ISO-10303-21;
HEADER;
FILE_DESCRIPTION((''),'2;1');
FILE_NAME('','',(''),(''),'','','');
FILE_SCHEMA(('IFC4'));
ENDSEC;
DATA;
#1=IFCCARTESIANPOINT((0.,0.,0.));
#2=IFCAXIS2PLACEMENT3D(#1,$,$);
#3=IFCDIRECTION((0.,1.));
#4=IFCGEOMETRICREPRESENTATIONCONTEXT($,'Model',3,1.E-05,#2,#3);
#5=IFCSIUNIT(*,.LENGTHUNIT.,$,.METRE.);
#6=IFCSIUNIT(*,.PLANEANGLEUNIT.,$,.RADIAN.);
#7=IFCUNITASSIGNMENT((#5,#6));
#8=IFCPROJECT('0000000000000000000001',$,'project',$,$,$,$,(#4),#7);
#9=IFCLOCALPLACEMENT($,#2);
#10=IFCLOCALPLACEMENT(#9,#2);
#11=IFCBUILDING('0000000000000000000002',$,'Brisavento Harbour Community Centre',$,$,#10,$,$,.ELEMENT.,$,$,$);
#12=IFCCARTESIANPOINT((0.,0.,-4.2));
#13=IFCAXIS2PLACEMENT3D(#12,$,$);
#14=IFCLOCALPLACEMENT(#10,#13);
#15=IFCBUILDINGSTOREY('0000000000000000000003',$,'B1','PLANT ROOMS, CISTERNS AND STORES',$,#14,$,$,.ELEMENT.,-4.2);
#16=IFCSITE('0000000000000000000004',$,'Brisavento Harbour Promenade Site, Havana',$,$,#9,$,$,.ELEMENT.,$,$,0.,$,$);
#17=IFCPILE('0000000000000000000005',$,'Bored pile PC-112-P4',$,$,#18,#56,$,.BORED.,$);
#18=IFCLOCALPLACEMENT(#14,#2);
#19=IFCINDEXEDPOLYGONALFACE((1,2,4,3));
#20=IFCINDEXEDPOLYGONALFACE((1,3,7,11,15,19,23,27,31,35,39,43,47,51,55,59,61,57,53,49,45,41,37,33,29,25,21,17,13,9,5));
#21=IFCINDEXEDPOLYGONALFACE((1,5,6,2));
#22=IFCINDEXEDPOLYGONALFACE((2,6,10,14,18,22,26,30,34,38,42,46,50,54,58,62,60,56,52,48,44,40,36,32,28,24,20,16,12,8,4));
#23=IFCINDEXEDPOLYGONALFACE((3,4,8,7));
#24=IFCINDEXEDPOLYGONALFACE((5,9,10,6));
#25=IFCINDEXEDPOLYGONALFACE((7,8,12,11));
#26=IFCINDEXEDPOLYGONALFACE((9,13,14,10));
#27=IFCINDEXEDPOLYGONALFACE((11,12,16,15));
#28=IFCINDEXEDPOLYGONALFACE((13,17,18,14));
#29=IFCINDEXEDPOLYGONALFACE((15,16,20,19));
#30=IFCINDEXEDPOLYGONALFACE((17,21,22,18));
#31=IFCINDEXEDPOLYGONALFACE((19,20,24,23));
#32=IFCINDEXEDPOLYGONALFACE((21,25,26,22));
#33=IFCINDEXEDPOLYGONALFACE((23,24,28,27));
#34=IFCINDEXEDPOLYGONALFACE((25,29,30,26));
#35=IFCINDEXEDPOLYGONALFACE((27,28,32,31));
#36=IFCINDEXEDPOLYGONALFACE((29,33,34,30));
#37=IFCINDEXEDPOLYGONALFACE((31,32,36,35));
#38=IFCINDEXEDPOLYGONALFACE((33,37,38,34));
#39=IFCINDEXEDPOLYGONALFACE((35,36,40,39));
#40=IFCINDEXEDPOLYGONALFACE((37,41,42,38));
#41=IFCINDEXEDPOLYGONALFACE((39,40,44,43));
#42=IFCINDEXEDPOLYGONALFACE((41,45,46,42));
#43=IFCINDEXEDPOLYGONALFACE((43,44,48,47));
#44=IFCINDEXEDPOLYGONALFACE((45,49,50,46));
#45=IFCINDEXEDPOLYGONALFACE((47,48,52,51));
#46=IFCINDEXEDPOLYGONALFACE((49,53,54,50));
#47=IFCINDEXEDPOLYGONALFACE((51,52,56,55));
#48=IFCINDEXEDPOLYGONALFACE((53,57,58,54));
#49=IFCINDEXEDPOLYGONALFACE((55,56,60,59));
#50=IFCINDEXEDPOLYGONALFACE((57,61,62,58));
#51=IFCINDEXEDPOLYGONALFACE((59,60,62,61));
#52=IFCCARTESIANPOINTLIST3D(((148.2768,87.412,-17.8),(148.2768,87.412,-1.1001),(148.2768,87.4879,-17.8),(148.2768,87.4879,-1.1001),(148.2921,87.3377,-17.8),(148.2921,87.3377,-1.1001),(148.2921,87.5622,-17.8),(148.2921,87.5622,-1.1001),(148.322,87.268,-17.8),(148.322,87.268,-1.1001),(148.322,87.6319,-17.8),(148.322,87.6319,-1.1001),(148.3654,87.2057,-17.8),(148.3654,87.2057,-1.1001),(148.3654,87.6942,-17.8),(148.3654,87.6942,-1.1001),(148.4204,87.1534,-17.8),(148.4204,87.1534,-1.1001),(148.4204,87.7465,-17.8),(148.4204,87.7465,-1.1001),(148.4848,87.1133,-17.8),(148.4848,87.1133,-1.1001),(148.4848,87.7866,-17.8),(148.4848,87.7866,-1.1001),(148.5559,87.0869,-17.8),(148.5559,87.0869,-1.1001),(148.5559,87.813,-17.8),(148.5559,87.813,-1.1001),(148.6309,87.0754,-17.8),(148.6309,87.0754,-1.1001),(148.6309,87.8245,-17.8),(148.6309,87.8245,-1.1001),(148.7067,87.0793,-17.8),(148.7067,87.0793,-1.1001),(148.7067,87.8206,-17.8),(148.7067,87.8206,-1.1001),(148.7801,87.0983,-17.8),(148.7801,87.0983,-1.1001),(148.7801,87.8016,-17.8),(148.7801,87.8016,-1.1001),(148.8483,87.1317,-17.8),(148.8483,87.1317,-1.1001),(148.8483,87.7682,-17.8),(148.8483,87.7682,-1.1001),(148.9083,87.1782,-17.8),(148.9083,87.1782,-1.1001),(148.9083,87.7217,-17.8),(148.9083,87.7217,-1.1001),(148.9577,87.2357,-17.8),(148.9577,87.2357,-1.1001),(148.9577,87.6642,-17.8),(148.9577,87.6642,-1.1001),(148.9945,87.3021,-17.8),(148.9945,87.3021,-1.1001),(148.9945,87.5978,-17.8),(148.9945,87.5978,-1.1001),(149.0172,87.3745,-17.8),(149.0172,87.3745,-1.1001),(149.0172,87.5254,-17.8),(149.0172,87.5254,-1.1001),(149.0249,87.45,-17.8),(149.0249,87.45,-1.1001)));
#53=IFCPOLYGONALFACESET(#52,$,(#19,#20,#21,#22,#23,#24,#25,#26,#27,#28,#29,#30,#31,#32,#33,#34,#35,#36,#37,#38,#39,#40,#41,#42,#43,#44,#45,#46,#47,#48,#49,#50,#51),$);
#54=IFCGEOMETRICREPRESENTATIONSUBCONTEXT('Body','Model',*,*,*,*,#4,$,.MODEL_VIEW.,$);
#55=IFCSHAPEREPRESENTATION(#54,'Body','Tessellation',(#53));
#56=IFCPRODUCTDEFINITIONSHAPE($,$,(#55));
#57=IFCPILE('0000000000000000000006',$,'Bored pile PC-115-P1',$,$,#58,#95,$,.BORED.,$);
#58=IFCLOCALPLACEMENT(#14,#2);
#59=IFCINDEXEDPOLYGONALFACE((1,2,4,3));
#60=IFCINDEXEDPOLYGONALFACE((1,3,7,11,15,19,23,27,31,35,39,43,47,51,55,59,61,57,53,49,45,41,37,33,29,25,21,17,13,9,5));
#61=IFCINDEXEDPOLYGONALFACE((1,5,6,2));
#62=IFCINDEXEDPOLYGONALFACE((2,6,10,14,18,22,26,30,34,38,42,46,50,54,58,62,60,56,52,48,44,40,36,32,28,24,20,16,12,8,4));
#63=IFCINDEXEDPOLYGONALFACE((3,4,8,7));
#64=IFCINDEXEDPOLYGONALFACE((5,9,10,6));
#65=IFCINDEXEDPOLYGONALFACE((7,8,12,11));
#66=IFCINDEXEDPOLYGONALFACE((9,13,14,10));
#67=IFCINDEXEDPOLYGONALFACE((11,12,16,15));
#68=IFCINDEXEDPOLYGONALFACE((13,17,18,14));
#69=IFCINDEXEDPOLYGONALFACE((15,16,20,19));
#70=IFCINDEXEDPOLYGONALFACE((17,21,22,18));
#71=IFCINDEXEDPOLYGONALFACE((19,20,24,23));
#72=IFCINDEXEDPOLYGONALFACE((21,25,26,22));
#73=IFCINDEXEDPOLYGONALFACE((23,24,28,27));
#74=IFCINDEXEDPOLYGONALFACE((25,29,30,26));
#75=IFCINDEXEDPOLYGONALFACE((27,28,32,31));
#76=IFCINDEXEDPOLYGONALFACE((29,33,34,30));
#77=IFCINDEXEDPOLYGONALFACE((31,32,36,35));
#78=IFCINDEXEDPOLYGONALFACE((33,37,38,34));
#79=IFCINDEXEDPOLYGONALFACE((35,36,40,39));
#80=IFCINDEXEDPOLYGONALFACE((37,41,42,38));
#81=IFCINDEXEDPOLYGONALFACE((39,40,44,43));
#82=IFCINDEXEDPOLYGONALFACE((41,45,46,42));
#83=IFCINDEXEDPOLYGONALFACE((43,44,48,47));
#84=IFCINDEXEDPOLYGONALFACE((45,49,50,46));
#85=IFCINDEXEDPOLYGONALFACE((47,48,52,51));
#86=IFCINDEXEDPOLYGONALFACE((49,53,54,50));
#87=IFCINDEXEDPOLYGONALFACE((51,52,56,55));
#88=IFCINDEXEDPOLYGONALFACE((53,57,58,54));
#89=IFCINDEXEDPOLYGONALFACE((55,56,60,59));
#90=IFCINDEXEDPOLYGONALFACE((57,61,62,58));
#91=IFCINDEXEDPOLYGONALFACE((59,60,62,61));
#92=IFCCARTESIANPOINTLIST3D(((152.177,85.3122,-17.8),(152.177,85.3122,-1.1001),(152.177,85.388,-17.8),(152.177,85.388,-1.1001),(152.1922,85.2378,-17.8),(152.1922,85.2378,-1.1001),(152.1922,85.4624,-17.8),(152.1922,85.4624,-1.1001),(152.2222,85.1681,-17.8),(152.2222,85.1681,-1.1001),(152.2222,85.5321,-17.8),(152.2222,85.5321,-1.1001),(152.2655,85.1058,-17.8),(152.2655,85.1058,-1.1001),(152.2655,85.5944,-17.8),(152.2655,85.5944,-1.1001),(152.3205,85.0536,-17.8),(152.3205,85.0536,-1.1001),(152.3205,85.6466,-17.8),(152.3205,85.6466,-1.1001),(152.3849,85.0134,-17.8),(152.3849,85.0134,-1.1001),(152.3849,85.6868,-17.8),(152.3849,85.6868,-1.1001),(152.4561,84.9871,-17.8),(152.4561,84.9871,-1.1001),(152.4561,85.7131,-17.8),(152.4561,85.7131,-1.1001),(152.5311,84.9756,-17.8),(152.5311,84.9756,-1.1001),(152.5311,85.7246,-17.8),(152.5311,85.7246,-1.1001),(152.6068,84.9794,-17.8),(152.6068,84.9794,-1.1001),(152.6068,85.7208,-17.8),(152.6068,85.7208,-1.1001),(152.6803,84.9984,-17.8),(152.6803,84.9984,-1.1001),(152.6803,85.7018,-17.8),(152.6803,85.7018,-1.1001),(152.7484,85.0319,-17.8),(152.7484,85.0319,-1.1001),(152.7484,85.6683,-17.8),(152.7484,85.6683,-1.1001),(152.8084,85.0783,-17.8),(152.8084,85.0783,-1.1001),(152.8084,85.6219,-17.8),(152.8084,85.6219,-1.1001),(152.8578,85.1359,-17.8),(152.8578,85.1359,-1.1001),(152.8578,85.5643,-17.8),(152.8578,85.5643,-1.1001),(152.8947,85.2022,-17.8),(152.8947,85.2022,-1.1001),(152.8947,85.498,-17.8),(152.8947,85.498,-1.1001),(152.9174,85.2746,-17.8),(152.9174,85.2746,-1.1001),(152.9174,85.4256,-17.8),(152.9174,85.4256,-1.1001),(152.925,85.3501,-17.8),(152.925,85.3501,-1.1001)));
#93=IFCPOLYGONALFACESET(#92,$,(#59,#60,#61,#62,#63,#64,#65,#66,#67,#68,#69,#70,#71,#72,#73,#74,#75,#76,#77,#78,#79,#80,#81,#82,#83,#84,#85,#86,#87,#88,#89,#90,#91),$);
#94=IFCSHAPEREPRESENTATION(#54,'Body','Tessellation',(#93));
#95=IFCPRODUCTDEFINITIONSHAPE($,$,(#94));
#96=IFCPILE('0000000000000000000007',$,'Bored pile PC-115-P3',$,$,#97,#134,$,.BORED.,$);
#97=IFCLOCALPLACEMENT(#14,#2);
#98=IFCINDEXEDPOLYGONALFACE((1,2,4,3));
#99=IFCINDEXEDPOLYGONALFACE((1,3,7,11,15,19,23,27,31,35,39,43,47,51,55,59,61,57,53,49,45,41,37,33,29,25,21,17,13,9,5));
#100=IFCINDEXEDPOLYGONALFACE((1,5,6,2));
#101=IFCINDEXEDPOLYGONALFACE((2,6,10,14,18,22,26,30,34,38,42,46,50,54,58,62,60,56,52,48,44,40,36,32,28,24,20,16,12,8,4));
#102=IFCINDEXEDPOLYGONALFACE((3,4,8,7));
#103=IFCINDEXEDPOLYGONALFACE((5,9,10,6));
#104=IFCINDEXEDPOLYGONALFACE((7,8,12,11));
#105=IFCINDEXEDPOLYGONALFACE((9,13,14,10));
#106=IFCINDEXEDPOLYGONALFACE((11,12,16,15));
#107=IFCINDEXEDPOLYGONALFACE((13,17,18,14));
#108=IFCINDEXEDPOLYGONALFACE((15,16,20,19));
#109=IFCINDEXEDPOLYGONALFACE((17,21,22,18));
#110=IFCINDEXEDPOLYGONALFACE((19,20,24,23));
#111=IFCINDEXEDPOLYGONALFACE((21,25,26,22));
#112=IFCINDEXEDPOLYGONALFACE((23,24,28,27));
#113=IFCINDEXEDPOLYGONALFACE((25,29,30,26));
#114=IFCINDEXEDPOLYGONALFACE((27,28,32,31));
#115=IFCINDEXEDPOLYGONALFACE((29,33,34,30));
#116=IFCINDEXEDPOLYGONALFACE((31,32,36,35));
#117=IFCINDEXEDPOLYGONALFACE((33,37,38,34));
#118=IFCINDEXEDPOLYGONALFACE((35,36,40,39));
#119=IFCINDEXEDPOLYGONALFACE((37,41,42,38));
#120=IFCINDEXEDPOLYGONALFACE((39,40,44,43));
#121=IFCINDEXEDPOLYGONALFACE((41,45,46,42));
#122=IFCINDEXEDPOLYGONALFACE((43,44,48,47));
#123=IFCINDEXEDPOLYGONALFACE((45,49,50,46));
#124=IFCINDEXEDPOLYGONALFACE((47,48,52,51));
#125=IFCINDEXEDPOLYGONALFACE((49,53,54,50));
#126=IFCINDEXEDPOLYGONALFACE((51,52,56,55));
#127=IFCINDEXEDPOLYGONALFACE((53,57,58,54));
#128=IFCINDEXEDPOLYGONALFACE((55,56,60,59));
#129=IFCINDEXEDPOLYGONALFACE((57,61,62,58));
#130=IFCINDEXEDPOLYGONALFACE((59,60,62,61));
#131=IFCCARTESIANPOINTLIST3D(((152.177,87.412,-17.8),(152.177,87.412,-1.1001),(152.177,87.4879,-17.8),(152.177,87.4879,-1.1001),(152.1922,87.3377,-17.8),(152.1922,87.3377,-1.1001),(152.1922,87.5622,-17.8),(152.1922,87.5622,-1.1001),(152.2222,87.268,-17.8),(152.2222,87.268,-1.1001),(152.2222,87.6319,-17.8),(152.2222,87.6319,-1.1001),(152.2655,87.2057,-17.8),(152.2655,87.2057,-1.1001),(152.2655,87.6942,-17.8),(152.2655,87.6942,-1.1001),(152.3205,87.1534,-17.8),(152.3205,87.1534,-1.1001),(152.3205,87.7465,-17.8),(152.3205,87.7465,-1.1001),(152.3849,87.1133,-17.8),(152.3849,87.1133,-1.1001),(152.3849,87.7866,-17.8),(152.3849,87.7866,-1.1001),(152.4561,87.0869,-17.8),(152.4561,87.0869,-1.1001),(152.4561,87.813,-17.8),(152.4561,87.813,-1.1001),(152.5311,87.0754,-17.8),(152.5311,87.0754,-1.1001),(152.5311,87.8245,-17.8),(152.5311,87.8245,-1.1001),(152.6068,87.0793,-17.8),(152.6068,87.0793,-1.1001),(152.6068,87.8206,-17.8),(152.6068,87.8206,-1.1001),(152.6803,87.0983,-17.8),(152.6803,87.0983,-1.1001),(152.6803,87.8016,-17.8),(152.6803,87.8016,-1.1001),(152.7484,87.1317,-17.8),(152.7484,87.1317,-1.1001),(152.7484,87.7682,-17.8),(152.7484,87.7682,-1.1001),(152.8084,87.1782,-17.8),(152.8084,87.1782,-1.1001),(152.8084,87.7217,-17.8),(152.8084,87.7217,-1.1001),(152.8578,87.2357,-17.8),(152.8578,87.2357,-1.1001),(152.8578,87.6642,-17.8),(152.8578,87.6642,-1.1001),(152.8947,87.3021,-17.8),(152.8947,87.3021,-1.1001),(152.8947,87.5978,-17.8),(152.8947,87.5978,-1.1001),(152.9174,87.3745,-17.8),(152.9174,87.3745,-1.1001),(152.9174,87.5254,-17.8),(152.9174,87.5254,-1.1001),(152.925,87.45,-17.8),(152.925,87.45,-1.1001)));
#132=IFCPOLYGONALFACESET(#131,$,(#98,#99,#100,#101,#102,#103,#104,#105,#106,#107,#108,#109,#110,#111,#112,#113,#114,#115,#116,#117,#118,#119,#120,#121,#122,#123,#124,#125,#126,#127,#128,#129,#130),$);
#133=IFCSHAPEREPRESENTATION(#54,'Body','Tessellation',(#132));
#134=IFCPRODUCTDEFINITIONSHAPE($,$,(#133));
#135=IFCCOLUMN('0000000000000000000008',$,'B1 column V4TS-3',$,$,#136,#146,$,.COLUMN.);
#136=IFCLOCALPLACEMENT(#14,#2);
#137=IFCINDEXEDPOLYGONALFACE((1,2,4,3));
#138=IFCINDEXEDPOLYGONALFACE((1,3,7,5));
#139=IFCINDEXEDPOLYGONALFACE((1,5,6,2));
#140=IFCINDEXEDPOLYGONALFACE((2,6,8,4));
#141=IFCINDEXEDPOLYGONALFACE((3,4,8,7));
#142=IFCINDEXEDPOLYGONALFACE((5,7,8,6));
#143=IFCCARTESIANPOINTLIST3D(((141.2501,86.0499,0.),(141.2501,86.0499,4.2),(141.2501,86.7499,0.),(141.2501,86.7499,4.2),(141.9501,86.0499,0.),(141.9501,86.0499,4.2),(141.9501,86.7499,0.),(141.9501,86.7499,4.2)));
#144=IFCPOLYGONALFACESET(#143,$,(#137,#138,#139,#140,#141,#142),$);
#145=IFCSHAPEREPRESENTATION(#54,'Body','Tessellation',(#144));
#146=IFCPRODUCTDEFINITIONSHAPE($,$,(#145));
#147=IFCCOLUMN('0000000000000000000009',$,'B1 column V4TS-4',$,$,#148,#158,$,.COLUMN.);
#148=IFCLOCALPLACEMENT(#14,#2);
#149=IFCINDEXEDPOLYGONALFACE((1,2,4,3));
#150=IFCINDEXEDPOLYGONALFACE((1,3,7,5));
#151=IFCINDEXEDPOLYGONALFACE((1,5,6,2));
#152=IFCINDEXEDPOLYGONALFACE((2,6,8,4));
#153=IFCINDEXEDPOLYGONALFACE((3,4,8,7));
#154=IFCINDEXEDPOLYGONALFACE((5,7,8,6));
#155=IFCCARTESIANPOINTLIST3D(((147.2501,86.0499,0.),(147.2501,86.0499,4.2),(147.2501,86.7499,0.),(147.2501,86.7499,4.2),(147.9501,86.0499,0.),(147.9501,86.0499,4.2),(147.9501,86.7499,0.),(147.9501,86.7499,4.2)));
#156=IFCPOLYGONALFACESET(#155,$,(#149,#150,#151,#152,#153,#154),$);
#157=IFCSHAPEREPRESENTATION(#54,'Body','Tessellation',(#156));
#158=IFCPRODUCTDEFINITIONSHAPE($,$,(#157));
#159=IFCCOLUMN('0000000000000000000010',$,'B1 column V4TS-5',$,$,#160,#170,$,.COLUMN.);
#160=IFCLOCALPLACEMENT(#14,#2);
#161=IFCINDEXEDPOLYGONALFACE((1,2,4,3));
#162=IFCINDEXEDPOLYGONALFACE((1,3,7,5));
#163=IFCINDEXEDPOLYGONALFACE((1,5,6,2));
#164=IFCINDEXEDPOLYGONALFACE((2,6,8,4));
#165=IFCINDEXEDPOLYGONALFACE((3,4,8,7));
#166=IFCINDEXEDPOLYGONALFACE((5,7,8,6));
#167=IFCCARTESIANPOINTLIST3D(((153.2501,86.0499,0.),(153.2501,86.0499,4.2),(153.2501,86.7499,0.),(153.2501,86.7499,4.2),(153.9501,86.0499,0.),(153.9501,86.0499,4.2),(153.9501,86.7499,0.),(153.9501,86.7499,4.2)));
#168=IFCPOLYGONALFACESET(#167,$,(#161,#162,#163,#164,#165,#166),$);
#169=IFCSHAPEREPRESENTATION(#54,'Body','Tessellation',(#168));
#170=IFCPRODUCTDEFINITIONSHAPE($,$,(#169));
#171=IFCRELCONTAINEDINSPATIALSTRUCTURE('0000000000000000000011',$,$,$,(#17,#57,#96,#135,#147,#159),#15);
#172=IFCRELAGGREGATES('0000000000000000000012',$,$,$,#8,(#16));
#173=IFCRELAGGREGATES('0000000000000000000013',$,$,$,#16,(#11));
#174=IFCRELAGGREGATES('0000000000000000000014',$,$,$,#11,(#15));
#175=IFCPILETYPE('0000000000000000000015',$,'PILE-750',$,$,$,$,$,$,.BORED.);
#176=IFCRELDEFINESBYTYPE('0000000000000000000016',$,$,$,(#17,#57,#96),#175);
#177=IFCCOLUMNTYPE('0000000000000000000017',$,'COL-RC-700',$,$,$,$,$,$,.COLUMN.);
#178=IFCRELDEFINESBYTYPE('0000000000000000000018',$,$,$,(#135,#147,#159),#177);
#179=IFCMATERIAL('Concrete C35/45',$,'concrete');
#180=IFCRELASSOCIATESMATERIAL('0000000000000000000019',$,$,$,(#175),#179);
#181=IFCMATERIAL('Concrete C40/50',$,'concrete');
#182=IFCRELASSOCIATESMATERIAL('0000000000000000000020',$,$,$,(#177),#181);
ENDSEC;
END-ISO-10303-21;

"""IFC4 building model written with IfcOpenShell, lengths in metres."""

from ifc_helpers import new_model, si_unit, direction, frame, origin, origin_2d, place, context, subcontext, project, spatial, rectangle, circle, extrude, material, material_profile, profile_set, type_object, element, save


model = new_model("IFC4")

# Units and contexts
model_context = context("Model", 3, precision=1e-05, world=origin(), true_north=direction((0.0, 1.0)))
body_context = subcontext(model_context, "Body", "Model", "MODEL_VIEW")
ifc_project = project(units=[si_unit("LENGTHUNIT", "METRE"), si_unit("PLANEANGLEUNIT", "RADIAN")], contexts=[model_context])

# Site, building, storey
site_placement = place(None, origin())
site = spatial("IfcSite", under=ifc_project, at=site_placement, Name="Brisavento Harbour Promenade Site, Havana", CompositionType="ELEMENT", RefElevation=0.0)
building_placement = place(site_placement, origin())
building = spatial("IfcBuilding", under=site, at=building_placement, Name="Brisavento Harbour Community Centre", CompositionType="ELEMENT")
storey_placement = place(building_placement, frame((0.0, 0.0, -4.2)))
storey = spatial("IfcBuildingStorey", under=building, at=storey_placement, Name="B1", Description="PLANT ROOMS, CISTERNS AND STORES", CompositionType="ELEMENT", Elevation=-4.2)

# Shared definitions
ifc_material_1 = material(Name="Concrete C35/45", Category="concrete")

# Piles
ifc_material_profile_1 = material_profile(ifc_material_1, circle(Radius=0.375, at=origin_2d()), Name="Concrete C35/45")
ifc_profile_set_1 = profile_set([ifc_material_profile_1], Name="Concrete C35/45")
pile_type = type_object("IfcPileType", Name="PILE-750", PredefinedType="BORED", material=ifc_profile_set_1)
for number, where, z_axis, x_axis, name in (
    (1, (148.6499, 87.45, -1.1001), (0.0, 0.0, -1.0), (1.0, 0.0, 0.0), "Bored pile PC-112-P4"),
    (2, (152.55, 85.3501, -1.1001), (0.0, 0.0, -1.0), (1.0, 0.0, 0.0), "Bored pile PC-115-P1"),
    (3, (152.55, 87.45, -1.1001), (0.0, 0.0, -1.0), (1.0, 0.0, 0.0), "Bored pile PC-115-P3"),
):
    element("IfcPile", number, at=place(storey_placement, frame(where, z_axis=z_axis, x_axis=x_axis)), inside=storey, type_object=pile_type, Name=name, PredefinedType="BORED", context=body_context, shape_type="SweptSolid", body=[
        extrude(circle(Radius=0.375, at=origin_2d()), origin(), (0.0, 0.0, 1.0), 16.7),
    ])

# Columns
ifc_material_2 = material(Name="Concrete C40/50", Category="concrete")
ifc_material_profile_2 = material_profile(ifc_material_2, rectangle(XDim=0.7, YDim=0.7, at=origin_2d()), Name="Concrete C40/50")
ifc_profile_set_2 = profile_set([ifc_material_profile_2], Name="Concrete C40/50")
column_type = type_object("IfcColumnType", Name="COL-RC-700", PredefinedType="COLUMN", material=ifc_profile_set_2)
for number, where, z_axis, x_axis, name in (
    (4, (141.6001, 86.3999, 0.0), (0.0, 0.0, 1.0), (1.0, 0.0, 0.0), "B1 column V4TS-3"),
    (5, (147.6001, 86.3999, 0.0), (0.0, 0.0, 1.0), (1.0, 0.0, 0.0), "B1 column V4TS-4"),
    (6, (153.6001, 86.3999, 0.0), (0.0, 0.0, 1.0), (1.0, 0.0, 0.0), "B1 column V4TS-5"),
):
    element("IfcColumn", number, at=place(storey_placement, frame(where, z_axis=z_axis, x_axis=x_axis)), inside=storey, type_object=column_type, Name=name, PredefinedType="COLUMN", context=body_context, shape_type="SweptSolid", body=[
        extrude(rectangle(XDim=0.7, YDim=0.7, at=origin_2d()), origin(), (0.0, 0.0, 1.0), 4.2),
    ])

save(model, "model.ifc")
